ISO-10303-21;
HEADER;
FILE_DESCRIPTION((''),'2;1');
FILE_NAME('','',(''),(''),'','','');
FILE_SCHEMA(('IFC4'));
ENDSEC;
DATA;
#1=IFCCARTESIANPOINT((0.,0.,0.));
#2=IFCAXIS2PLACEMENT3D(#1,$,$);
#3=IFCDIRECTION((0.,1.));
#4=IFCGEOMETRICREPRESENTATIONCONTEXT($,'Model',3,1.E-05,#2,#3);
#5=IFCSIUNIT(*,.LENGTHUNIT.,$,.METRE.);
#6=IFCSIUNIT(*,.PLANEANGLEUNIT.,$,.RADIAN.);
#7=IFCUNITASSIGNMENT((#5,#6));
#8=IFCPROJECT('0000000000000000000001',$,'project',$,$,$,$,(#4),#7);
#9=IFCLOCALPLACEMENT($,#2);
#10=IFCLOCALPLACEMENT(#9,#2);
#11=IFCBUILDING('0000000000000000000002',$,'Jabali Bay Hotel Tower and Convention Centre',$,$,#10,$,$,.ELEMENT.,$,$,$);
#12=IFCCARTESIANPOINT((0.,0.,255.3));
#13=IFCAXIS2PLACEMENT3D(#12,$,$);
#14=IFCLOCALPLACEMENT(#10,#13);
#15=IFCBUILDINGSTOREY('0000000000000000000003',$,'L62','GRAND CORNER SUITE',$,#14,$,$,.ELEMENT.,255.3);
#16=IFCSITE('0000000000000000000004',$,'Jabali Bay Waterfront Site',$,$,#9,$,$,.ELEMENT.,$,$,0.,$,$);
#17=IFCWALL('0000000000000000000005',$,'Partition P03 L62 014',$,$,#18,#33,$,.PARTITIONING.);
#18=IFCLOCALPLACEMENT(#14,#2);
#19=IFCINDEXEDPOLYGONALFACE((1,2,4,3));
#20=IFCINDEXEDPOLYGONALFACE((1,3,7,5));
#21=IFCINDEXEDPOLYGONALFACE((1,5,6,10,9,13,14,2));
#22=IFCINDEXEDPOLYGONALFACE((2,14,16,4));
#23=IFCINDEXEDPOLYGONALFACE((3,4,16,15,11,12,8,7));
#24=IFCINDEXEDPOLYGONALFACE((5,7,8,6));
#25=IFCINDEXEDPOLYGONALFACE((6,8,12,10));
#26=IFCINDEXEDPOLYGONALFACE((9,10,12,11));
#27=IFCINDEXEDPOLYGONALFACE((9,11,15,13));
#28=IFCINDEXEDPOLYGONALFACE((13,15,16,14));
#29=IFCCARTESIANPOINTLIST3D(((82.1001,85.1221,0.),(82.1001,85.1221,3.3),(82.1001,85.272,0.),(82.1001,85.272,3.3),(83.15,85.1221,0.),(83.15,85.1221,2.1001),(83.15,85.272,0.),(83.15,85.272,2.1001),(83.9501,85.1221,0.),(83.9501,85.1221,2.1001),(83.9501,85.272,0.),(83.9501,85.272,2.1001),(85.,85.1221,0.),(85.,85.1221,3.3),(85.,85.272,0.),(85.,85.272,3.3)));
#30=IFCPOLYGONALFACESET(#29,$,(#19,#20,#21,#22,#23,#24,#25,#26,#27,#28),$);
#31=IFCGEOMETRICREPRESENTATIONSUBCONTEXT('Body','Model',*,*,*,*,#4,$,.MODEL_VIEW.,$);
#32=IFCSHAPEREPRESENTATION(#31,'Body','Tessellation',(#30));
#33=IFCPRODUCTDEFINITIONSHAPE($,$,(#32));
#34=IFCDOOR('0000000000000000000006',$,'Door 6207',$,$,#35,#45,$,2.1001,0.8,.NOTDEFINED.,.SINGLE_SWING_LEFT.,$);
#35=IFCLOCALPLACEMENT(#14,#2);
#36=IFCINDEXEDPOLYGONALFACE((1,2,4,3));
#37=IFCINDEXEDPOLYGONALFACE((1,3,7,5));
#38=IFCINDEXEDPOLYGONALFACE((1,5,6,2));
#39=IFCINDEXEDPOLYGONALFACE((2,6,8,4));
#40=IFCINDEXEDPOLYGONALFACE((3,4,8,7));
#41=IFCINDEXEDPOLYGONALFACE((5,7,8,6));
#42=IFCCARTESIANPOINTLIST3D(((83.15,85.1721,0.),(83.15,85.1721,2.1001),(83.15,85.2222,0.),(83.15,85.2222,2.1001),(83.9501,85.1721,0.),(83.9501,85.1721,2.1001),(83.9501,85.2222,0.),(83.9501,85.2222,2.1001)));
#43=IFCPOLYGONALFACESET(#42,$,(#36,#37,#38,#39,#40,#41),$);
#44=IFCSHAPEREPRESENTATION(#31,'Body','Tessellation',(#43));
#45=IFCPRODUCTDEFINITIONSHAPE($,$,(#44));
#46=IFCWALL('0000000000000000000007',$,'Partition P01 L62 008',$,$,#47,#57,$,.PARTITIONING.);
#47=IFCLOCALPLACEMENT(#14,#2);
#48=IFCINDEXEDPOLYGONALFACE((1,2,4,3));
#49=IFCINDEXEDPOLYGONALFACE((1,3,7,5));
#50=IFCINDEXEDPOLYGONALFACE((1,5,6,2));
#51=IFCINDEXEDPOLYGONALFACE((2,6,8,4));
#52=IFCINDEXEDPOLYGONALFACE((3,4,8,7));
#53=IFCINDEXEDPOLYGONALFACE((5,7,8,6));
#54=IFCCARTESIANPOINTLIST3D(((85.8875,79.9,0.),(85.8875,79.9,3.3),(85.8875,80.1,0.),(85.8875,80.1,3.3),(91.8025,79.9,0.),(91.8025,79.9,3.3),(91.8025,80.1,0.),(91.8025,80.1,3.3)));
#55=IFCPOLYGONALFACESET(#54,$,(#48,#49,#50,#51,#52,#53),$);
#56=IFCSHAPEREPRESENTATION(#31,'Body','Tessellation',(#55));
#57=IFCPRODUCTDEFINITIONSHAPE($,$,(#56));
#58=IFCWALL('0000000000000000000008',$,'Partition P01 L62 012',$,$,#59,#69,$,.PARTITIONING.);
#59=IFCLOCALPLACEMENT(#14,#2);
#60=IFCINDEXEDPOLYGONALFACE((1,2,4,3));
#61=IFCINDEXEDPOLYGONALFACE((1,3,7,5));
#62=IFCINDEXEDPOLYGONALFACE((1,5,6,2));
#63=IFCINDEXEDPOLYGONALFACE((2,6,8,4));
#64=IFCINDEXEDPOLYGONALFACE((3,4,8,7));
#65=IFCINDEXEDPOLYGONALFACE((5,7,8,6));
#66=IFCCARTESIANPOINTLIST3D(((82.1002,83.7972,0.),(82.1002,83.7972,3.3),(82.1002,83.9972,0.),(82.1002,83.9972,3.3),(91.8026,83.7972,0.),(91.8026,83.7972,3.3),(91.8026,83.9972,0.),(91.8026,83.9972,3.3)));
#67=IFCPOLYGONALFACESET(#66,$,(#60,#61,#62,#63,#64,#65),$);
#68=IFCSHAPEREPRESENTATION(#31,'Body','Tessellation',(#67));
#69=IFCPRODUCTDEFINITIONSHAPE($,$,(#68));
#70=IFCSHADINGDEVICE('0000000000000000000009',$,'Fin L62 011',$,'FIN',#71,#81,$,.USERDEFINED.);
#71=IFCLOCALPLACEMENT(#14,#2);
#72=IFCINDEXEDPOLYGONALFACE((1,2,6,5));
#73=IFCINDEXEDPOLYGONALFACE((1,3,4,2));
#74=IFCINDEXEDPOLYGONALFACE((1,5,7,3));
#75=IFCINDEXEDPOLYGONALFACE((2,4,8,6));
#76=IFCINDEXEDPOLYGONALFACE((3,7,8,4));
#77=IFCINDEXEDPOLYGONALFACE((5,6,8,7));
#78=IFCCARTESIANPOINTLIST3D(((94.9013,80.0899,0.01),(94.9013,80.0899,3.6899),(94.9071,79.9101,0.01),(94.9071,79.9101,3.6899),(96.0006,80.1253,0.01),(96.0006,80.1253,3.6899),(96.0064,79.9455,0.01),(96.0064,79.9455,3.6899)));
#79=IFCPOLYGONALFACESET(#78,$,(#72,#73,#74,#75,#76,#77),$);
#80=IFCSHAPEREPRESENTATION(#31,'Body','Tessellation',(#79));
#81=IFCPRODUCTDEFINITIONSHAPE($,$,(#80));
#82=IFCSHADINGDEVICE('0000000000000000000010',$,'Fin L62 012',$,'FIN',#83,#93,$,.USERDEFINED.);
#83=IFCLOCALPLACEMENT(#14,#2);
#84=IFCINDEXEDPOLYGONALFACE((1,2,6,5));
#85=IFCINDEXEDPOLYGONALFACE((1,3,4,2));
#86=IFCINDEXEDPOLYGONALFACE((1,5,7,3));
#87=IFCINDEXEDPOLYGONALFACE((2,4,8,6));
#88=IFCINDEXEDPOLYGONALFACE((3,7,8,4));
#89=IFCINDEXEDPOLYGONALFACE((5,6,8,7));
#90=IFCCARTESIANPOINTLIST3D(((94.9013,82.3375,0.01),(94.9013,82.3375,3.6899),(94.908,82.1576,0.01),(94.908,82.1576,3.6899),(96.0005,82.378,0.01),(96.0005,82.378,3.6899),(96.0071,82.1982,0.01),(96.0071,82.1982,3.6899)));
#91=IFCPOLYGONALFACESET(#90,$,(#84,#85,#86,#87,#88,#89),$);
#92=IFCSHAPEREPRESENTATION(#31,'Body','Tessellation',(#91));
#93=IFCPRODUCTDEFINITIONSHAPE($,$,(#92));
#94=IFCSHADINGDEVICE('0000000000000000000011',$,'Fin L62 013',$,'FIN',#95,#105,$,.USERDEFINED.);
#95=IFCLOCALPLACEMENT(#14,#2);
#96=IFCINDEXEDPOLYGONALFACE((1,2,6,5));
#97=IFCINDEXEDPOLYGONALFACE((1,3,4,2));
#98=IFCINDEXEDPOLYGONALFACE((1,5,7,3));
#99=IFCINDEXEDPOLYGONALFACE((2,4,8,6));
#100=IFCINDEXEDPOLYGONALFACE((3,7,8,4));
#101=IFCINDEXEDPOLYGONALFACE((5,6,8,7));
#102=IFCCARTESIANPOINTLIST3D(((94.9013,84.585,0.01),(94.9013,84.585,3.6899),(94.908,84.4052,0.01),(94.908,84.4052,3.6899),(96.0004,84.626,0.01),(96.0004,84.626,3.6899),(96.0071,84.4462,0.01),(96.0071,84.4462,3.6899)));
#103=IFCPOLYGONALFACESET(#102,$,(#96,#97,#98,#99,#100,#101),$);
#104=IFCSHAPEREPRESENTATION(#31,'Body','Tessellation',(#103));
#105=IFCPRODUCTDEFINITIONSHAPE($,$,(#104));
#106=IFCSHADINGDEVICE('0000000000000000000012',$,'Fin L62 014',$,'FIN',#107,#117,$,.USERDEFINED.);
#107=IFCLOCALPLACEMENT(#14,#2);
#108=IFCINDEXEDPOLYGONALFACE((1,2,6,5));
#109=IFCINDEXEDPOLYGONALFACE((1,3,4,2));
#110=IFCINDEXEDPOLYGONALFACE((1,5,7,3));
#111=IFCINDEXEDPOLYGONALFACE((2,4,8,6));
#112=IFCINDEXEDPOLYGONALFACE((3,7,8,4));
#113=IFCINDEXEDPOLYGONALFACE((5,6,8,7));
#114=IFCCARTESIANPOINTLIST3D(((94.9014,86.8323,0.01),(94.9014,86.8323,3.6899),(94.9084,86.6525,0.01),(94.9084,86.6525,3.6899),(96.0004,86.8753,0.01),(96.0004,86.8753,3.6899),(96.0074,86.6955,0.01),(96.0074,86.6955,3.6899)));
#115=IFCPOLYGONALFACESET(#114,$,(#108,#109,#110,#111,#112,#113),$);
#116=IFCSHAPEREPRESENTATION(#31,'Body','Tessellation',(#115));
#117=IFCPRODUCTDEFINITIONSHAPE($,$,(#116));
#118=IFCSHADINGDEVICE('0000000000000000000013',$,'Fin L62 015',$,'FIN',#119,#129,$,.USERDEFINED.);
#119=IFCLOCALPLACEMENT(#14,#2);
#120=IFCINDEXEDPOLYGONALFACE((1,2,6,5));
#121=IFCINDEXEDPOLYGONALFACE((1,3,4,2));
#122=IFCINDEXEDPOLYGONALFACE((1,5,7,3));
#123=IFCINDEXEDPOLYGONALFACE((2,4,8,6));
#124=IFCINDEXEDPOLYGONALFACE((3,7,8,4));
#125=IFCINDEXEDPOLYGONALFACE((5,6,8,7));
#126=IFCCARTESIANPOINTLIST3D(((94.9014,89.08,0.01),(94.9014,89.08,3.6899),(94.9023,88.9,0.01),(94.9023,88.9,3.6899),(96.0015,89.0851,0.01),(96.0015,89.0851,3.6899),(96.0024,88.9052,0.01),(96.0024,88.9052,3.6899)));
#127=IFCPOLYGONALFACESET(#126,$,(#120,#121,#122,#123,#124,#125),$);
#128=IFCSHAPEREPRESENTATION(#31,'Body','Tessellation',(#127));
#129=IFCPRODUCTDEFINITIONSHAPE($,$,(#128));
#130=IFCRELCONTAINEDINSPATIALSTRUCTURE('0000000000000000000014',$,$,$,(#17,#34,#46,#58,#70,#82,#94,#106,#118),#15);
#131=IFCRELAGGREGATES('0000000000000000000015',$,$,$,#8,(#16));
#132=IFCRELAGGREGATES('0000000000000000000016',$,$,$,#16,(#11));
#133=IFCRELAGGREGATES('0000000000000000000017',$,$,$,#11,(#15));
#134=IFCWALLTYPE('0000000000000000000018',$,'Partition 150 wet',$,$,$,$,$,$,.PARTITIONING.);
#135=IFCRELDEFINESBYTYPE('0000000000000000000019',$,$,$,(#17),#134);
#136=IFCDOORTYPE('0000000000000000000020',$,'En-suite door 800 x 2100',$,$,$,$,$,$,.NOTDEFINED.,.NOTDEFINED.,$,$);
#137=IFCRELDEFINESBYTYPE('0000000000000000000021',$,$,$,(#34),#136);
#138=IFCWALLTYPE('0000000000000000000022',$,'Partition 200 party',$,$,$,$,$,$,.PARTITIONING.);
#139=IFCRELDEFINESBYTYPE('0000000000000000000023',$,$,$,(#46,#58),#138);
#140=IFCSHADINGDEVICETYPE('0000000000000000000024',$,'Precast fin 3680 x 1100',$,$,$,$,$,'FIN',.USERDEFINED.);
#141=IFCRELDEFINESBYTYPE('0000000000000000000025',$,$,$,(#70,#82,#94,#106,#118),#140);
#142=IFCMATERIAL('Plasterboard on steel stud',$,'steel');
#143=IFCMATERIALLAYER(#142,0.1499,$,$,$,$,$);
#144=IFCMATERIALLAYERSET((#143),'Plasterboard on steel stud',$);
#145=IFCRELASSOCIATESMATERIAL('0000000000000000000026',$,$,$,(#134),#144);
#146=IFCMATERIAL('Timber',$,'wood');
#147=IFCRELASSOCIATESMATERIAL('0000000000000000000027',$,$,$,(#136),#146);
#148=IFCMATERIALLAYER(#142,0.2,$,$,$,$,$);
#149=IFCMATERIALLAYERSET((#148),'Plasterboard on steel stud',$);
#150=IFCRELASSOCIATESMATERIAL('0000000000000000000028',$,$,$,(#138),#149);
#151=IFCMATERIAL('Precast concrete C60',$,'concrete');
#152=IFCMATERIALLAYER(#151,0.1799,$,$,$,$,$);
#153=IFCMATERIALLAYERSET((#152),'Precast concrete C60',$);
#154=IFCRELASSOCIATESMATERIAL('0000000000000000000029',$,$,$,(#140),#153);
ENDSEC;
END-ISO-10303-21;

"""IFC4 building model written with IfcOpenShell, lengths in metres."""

from ifc_helpers import new_model, si_unit, direction, frame, frame_2d, origin, place, context, subcontext, project, spatial, rectangle, extrude, material, layer, layer_set, type_object, element, fill, save


model = new_model("IFC4")

# Units and contexts
model_context = context("Model", 3, precision=1e-05, world=origin(), true_north=direction((0.0, 1.0)))
body_context = subcontext(model_context, "Body", "Model", "MODEL_VIEW")
ifc_project = project(units=[si_unit("LENGTHUNIT", "METRE"), si_unit("PLANEANGLEUNIT", "RADIAN")], contexts=[model_context])

# Site, building, storey
site_placement = place(None, origin())
site = spatial("IfcSite", under=ifc_project, at=site_placement, Name="Jabali Bay Waterfront Site", CompositionType="ELEMENT", RefElevation=0.0)
building_placement = place(site_placement, origin())
building = spatial("IfcBuilding", under=site, at=building_placement, Name="Jabali Bay Hotel Tower and Convention Centre", CompositionType="ELEMENT")
storey_placement = place(building_placement, frame((0.0, 0.0, 255.3)))
storey = spatial("IfcBuildingStorey", under=building, at=storey_placement, Name="L62", Description="GRAND CORNER SUITE", CompositionType="ELEMENT", Elevation=255.3)

# Shared definitions
ifc_material_1 = material(Name="Plasterboard on steel stud", Category="steel")
ifc_layer_1 = layer(ifc_material_1, 0.1499)
ifc_layer_set_1 = layer_set([ifc_layer_1], Name="Plasterboard on steel stud")
wall_type_1 = type_object("IfcWallType", Name="Partition 150 wet", PredefinedType="PARTITIONING", material=ifc_layer_set_1)

# Shared definitions
ifc_material_2 = material(Name="Timber", Category="wood")

# Wall, opening, door
wall_1_placement = place(storey_placement, frame((85.0, 85.197, 0.0), z_axis=(0.0, 0.0, 1.0), x_axis=(-1.0, 0.0, 0.0)))
wall_1 = element("IfcWall", 1, at=wall_1_placement, inside=storey, type_object=wall_type_1, Name="Partition P03 L62 014", PredefinedType="PARTITIONING", context=body_context, shape_type="SweptSolid", body=[
    extrude(rectangle(XDim=2.8999, YDim=0.1499, at=frame_2d((1.45, 0.0))), origin(), (0.0, 0.0, 1.0), 3.3),
])
opening_1_placement = place(wall_1_placement, frame((1.05, 0.0, 0.0)))
opening_1 = element("IfcOpeningElement", 2, at=opening_1_placement, cuts=wall_1, PredefinedType="OPENING", context=body_context, shape_type="SweptSolid", body=[
    extrude(rectangle(XDim=0.8, YDim=2.1001, at=frame_2d((0.3999, 1.05))), frame((0.0, 0.0854, 0.0), z_axis=(0.0, -1.0, 0.0), x_axis=(1.0, 0.0, 0.0)), (0.0, 0.0, 1.0), 0.1709),
])
door_type_1 = type_object("IfcDoorType", Name="En-suite door 800 x 2100", OperationType="NOTDEFINED", PredefinedType="NOTDEFINED", material=ifc_material_2)
door_1_placement = place(opening_1_placement, origin())
door_1 = element("IfcDoor", 3, at=door_1_placement, inside=storey, type_object=door_type_1, Name="Door 6207", OperationType="SINGLE_SWING_LEFT", OverallHeight=2.1001, OverallWidth=0.8, PredefinedType="NOTDEFINED", context=body_context, shape_type="SweptSolid", body=[
    extrude(rectangle(XDim=0.8, YDim=2.1001, at=frame_2d((0.3999, 1.05))), frame((0.0, 0.0249, 0.0), z_axis=(0.0, -1.0, 0.0), x_axis=(1.0, 0.0, 0.0)), (0.0, 0.0, 1.0), 0.05),
])
fill(opening_1, door_1)

# Walls
ifc_layer_2 = layer(ifc_material_1, 0.2)
ifc_layer_set_2 = layer_set([ifc_layer_2], Name="Plasterboard on steel stud")
wall_type_2 = type_object("IfcWallType", Name="Partition 200 party", PredefinedType="PARTITIONING", material=ifc_layer_set_2)
wall_2_placement = place(storey_placement, frame((91.8025, 80.0, 0.0), z_axis=(0.0, 0.0, 1.0), x_axis=(-1.0, 0.0, 0.0)))
element("IfcWall", 4, at=wall_2_placement, inside=storey, type_object=wall_type_2, Name="Partition P01 L62 008", PredefinedType="PARTITIONING", context=body_context, shape_type="SweptSolid", body=[
    extrude(rectangle(XDim=5.915, YDim=0.2, at=frame_2d((2.9575, 0.0))), origin(), (0.0, 0.0, 1.0), 3.3),
])
wall_3_placement = place(storey_placement, frame((91.8025, 83.8972, 0.0), z_axis=(0.0, 0.0, 1.0), x_axis=(-1.0, 0.0, 0.0)))
element("IfcWall", 5, at=wall_3_placement, inside=storey, type_object=wall_type_2, Name="Partition P01 L62 012", PredefinedType="PARTITIONING", context=body_context, shape_type="SweptSolid", body=[
    extrude(rectangle(XDim=9.7024, YDim=0.2, at=frame_2d((4.8511, 0.0))), origin(), (0.0, 0.0, 1.0), 3.3),
])

# Shading devices
ifc_material_3 = material(Name="Precast concrete C60", Category="concrete")
ifc_layer_3 = layer(ifc_material_3, 0.1799)
ifc_layer_set_3 = layer_set([ifc_layer_3], Name="Precast concrete C60")
shading_device_type = type_object("IfcShadingDeviceType", Name="Precast fin 3680 x 1100", ElementType="FIN", PredefinedType="USERDEFINED", material=ifc_layer_set_3)
for number, where, z_axis, x_axis, name in (
    (6, (94.9043, 80.0, 0.01), (0.0, 0.0, 1.0), (0.999482, 0.032184, 0.0), "Fin L62 011"),
    (7, (94.9048, 82.2476, 0.01), (0.0, 0.0, 1.0), (0.999321, 0.036847, 0.0), "Fin L62 012"),
    (8, (94.9048, 84.4951, 0.01), (0.0, 0.0, 1.0), (0.999304, 0.037291, 0.0), "Fin L62 013"),
    (9, (94.905, 86.7424, 0.01), (0.0, 0.0, 1.0), (0.999237, 0.039064, 0.0), "Fin L62 014"),
):
    element("IfcShadingDevice", number, at=place(storey_placement, frame(where, z_axis=z_axis, x_axis=x_axis)), inside=storey, type_object=shading_device_type, Name=name, ObjectType="FIN", PredefinedType="USERDEFINED", context=body_context, shape_type="SweptSolid", body=[
        extrude(rectangle(XDim=1.0999, YDim=0.1799, at=frame_2d((0.5498, 0.0))), origin(), (0.0, 0.0, 1.0), 3.6799),
    ])
shading_device_placement = place(storey_placement, frame((94.9019, 88.99, 0.01), z_axis=(0.0, 0.0, 1.0), x_axis=(0.999989, 0.00466, 0.0)))
element("IfcShadingDevice", 10, at=shading_device_placement, inside=storey, type_object=shading_device_type, Name="Fin L62 015", ObjectType="FIN", PredefinedType="USERDEFINED", context=body_context, shape_type="SweptSolid", body=[
    extrude(rectangle(XDim=1.1001, YDim=0.1799, at=frame_2d((0.55, 0.0))), origin(), (0.0, 0.0, 1.0), 3.6799),
])

save(model, "model.ifc")
